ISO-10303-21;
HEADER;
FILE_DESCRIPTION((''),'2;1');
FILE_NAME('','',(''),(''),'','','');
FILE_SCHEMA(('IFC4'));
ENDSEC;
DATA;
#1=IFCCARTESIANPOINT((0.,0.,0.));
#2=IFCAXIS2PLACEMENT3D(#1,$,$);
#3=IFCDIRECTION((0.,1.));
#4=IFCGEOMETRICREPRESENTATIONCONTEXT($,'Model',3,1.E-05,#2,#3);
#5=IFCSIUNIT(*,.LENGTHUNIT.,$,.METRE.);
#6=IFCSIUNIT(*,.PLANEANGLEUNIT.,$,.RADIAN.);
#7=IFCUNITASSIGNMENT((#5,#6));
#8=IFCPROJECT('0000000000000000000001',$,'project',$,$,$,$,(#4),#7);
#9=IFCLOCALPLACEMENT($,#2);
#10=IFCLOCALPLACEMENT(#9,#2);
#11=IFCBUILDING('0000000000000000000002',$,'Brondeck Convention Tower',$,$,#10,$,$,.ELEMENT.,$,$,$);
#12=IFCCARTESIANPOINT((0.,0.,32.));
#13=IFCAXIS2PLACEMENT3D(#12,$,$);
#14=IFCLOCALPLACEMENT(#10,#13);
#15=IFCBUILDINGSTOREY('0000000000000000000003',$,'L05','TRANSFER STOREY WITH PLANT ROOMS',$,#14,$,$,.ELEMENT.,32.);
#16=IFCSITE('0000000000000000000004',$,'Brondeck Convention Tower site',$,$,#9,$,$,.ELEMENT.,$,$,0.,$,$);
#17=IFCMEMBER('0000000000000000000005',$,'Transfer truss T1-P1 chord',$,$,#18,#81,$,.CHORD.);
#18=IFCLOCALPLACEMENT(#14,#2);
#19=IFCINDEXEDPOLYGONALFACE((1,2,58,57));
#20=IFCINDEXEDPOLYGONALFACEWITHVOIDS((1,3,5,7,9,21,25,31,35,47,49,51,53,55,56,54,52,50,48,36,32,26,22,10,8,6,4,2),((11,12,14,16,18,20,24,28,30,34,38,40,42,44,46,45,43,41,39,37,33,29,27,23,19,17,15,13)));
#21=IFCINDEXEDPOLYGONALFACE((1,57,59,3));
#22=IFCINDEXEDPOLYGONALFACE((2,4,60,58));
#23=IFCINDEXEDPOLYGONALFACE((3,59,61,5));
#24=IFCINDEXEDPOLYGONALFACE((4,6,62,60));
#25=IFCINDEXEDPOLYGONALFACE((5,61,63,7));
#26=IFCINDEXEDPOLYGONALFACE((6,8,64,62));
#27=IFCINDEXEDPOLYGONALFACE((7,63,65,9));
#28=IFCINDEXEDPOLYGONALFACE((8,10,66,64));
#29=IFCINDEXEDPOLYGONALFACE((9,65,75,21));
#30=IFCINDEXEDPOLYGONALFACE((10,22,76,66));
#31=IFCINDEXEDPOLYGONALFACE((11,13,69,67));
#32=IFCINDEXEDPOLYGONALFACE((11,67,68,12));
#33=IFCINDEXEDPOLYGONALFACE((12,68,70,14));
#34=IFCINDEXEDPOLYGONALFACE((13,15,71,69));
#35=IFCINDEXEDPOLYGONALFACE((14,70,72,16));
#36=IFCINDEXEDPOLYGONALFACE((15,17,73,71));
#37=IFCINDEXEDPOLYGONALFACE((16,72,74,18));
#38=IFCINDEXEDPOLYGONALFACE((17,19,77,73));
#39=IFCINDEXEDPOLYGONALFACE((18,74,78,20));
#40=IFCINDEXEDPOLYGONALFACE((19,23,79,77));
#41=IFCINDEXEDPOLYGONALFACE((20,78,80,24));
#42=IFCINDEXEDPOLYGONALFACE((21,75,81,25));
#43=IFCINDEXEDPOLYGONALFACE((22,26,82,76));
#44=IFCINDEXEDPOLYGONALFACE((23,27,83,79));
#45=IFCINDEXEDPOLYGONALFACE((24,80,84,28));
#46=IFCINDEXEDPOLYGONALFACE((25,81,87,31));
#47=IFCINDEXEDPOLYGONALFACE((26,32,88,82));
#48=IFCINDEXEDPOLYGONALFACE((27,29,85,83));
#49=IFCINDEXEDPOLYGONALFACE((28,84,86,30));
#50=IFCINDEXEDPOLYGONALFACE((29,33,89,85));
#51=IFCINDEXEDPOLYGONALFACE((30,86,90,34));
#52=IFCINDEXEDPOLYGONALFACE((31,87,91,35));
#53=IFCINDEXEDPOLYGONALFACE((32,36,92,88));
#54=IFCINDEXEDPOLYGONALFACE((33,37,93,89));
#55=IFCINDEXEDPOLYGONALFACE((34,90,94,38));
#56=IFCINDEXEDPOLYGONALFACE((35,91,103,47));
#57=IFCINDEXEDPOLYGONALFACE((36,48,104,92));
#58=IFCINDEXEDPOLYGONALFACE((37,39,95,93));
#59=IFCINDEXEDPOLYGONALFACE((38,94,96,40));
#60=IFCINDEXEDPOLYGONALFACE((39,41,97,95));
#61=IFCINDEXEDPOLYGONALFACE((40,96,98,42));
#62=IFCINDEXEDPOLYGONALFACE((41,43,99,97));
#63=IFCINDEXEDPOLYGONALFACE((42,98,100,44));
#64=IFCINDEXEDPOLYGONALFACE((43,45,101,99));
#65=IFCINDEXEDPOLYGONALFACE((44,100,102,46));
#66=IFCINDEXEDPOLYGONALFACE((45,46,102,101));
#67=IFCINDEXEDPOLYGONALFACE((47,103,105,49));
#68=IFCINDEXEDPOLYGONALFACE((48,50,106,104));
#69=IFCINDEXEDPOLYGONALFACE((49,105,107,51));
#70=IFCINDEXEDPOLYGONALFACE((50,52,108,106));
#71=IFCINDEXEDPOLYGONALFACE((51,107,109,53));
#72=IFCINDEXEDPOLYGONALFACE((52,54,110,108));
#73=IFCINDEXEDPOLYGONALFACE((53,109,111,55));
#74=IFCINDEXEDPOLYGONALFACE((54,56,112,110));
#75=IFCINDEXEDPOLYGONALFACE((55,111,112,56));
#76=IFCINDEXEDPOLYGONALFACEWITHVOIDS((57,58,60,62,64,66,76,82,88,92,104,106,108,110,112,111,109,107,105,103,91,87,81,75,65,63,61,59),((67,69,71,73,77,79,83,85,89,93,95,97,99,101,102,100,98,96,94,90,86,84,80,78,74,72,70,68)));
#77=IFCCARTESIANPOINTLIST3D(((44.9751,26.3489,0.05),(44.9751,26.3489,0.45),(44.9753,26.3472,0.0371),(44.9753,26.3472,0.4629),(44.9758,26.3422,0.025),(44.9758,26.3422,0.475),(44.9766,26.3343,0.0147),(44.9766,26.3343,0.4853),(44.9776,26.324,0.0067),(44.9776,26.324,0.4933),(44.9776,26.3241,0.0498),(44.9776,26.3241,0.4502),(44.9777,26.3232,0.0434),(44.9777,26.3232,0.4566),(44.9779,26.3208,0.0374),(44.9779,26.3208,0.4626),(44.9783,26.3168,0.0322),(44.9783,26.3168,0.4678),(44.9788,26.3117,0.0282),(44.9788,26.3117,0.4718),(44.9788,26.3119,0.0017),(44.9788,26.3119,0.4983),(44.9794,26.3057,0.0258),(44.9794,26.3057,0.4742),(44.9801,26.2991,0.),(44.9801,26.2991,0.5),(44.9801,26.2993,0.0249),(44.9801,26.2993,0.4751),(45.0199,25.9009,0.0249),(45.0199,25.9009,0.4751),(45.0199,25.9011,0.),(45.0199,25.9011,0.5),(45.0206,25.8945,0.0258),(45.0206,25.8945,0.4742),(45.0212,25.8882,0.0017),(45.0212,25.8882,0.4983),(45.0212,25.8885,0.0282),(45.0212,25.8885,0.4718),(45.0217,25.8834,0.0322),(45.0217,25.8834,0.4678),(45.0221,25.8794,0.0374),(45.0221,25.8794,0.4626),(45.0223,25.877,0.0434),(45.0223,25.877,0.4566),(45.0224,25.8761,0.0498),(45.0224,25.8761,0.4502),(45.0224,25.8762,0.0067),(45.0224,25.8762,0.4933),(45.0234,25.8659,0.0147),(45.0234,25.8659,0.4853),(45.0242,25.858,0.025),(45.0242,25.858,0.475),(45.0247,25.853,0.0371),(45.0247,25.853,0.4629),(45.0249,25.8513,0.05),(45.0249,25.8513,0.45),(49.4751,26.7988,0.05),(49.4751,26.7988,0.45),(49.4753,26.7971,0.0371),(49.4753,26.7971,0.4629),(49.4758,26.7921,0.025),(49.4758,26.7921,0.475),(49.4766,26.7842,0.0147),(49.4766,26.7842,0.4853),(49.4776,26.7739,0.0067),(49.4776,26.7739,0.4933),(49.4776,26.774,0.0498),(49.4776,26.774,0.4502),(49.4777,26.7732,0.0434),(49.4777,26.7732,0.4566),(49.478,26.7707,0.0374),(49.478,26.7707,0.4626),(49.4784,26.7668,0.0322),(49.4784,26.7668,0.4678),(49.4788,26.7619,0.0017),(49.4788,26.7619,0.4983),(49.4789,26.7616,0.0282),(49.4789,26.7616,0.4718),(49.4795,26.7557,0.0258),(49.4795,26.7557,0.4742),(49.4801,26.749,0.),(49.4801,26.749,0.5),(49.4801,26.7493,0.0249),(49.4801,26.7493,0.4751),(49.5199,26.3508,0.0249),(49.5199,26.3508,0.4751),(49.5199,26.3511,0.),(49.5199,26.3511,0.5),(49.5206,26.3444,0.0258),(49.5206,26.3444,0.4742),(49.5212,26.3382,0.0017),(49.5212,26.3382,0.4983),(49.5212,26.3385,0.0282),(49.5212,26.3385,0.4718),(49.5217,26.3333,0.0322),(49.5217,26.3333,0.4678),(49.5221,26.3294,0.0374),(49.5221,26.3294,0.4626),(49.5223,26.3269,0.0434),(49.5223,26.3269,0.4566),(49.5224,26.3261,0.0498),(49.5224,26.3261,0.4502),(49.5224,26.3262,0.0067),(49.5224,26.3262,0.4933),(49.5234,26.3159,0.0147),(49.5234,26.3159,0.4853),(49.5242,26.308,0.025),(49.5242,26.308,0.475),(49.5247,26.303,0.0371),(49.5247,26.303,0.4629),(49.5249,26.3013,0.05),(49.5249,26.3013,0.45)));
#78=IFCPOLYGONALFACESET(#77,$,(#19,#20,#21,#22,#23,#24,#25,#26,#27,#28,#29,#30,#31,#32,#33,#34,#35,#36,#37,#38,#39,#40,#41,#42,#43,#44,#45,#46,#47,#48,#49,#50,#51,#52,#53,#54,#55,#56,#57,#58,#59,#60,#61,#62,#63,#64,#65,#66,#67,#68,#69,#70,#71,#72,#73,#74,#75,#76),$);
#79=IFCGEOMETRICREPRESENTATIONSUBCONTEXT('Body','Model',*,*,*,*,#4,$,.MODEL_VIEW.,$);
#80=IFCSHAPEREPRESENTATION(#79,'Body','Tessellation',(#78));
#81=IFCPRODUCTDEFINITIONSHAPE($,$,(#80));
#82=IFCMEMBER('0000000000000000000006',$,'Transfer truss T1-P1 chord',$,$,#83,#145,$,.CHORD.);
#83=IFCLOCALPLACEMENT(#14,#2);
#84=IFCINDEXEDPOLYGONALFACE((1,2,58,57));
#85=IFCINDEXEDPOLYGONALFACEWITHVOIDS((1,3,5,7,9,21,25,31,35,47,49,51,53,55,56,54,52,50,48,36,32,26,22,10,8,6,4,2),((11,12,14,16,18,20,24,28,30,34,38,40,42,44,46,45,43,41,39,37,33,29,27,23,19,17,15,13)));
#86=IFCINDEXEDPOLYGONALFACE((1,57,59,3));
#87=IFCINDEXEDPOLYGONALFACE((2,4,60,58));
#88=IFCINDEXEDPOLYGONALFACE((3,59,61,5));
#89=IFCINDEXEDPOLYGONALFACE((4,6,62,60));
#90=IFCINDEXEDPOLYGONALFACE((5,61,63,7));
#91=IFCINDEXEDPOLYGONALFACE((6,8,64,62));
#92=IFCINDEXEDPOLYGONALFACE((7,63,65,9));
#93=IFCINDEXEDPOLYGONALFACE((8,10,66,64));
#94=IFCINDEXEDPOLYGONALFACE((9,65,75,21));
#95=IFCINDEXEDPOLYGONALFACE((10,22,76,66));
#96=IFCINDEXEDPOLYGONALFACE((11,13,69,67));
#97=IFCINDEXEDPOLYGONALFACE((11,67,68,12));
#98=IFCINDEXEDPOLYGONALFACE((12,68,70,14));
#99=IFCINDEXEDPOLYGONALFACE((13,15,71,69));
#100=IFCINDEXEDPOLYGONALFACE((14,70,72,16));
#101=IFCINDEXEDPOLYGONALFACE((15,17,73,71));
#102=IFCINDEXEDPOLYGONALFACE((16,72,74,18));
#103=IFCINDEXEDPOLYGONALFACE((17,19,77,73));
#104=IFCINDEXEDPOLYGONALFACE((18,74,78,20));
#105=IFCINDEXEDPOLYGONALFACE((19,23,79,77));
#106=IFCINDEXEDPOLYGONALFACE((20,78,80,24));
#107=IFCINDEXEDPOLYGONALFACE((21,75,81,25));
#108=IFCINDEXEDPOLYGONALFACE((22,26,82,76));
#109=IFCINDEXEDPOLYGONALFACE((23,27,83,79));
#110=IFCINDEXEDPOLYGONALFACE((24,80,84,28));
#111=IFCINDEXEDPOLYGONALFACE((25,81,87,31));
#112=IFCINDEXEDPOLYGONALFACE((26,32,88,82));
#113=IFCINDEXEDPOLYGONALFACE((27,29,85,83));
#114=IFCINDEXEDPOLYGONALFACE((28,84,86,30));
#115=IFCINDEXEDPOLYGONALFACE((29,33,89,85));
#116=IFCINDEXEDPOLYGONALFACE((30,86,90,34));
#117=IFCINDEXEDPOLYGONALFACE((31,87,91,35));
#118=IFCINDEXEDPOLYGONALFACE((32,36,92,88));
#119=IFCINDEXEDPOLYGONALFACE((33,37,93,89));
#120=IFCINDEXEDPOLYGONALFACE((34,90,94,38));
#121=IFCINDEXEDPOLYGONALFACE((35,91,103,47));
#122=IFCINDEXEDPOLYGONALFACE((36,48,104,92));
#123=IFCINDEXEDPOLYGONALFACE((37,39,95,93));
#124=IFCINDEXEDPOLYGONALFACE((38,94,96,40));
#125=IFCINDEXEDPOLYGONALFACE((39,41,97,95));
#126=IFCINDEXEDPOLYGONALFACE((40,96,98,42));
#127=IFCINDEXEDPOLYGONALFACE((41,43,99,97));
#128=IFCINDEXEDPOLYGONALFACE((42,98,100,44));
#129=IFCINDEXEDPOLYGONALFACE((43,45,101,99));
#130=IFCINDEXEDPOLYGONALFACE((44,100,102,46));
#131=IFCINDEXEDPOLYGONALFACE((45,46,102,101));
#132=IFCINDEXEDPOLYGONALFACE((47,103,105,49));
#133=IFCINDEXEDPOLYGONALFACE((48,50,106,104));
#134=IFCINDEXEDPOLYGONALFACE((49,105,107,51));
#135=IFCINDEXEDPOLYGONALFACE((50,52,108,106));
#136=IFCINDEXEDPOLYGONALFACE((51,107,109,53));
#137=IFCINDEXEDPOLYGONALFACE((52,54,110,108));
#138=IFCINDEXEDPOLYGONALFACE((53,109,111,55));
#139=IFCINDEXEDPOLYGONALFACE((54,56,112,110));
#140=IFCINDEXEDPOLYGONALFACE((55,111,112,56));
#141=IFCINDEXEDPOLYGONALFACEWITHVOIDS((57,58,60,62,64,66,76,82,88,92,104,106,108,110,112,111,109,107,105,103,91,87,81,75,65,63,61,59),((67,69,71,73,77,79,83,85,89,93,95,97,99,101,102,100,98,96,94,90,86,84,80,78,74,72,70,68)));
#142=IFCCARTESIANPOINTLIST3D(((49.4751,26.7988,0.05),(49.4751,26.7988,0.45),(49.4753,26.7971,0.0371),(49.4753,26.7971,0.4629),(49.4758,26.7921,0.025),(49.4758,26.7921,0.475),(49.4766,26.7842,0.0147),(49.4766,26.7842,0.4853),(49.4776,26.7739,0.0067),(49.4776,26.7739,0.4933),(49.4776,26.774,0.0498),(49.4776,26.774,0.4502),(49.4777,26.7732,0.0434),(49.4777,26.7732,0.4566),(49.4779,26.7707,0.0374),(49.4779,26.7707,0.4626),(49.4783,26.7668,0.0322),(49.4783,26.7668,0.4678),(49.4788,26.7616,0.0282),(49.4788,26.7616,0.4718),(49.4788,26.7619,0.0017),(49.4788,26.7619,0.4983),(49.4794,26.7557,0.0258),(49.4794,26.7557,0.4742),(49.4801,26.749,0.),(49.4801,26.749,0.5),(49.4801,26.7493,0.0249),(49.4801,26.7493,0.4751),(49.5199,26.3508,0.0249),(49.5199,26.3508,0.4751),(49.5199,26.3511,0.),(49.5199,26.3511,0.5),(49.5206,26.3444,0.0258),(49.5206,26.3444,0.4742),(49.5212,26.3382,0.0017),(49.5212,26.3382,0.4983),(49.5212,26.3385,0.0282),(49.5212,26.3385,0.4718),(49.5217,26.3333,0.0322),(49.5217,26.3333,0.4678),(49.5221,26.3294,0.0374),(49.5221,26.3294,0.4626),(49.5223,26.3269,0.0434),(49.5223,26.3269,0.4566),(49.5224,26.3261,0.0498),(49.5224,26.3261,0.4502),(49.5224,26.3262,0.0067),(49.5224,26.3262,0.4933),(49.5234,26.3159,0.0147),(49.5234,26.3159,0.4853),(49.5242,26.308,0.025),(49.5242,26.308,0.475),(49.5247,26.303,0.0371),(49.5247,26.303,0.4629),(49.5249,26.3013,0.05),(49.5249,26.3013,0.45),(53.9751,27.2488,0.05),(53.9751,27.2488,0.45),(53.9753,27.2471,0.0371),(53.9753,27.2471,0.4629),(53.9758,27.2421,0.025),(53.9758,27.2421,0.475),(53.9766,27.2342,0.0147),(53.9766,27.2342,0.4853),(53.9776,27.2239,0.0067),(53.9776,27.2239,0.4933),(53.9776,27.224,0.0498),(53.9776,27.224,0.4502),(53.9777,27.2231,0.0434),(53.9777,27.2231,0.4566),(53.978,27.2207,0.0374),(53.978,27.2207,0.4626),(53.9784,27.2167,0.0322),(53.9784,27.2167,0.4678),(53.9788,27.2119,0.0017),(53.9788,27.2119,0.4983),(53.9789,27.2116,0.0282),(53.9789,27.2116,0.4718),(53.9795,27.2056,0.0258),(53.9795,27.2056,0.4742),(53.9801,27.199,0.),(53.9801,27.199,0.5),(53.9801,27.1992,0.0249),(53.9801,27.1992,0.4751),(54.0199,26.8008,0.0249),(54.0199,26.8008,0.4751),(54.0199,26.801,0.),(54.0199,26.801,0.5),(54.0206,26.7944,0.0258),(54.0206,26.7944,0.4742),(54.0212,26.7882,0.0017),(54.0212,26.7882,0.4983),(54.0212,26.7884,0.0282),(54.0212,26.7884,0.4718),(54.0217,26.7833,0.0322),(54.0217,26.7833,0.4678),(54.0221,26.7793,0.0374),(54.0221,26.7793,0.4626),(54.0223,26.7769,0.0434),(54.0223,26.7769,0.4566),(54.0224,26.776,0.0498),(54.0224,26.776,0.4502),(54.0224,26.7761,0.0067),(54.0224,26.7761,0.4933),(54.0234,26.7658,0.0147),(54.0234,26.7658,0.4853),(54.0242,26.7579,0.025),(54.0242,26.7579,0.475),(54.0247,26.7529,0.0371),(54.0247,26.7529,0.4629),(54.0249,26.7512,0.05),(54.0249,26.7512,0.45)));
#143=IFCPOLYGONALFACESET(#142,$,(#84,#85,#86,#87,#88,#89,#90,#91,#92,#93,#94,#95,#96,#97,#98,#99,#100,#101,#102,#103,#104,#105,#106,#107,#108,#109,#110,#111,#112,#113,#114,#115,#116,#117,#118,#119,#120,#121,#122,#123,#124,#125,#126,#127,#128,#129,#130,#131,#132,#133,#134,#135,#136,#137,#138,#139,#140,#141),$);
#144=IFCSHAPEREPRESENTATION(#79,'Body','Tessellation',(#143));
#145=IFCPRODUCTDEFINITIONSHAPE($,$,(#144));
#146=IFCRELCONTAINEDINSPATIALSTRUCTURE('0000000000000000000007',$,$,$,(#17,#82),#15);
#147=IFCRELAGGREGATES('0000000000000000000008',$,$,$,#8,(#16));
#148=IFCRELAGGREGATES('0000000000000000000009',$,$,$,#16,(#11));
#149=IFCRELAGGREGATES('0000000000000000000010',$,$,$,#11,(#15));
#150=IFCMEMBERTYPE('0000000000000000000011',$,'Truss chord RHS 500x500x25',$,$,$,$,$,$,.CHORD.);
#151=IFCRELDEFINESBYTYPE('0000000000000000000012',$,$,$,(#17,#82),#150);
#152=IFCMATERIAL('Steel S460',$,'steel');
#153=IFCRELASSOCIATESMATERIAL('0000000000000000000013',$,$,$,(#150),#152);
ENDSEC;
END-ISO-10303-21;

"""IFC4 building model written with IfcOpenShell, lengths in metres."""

from ifc_helpers import new_model, si_unit, direction, frame, origin, origin_2d, place, context, subcontext, project, spatial, hollow_rectangle, extrude, material, material_profile, profile_set, type_object, element, save


model = new_model("IFC4")

# Units and contexts
model_context = context("Model", 3, precision=1e-05, world=origin(), true_north=direction((0.0, 1.0)))
body_context = subcontext(model_context, "Body", "Model", "MODEL_VIEW")
ifc_project = project(units=[si_unit("LENGTHUNIT", "METRE"), si_unit("PLANEANGLEUNIT", "RADIAN")], contexts=[model_context])

# Site, building, storey
site_placement = place(None, origin())
site = spatial("IfcSite", under=ifc_project, at=site_placement, Name="Brondeck Convention Tower site", CompositionType="ELEMENT", RefElevation=0.0)
building_placement = place(site_placement, origin())
building = spatial("IfcBuilding", under=site, at=building_placement, Name="Brondeck Convention Tower", CompositionType="ELEMENT")
storey_placement = place(building_placement, frame((0.0, 0.0, 32.0)))
storey = spatial("IfcBuildingStorey", under=building, at=storey_placement, Name="L05", Description="TRANSFER STOREY WITH PLANT ROOMS", CompositionType="ELEMENT", Elevation=32.0)

# Shared definitions
ifc_material_1 = material(Name="Steel S460", Category="steel")

# Members
ifc_material_profile_1 = material_profile(ifc_material_1, hollow_rectangle(XDim=0.5, YDim=0.5, WallThickness=0.0249, InnerFilletRadius=0.0249, OuterFilletRadius=0.05, at=origin_2d()), Name="RHS 500x500x25")
ifc_profile_set_1 = profile_set([ifc_material_profile_1], Name="Steel S460")
member_type_1 = type_object("IfcMemberType", Name="Truss chord RHS 500x500x25", PredefinedType="CHORD", material=ifc_profile_set_1)
for number, where, z_axis, x_axis, name in (
    (1, (45.0, 26.1001, 0.25), (0.995038, 0.099493, 0.0), (-0.099493, 0.995038, 0.0), "Transfer truss T1-P1 chord"),
    (2, (49.5, 26.55, 0.25), (0.995038, 0.099493, 0.0), (-0.099493, 0.995038, 0.0), "Transfer truss T1-P1 chord"),
):
    element("IfcMember", number, at=place(storey_placement, frame(where, z_axis=z_axis, x_axis=x_axis)), inside=storey, type_object=member_type_1, Name=name, PredefinedType="CHORD", context=body_context, shape_type="SweptSolid", body=[
        extrude(hollow_rectangle(XDim=0.5, YDim=0.5, WallThickness=0.0249, InnerFilletRadius=0.0249, OuterFilletRadius=0.05, at=origin_2d()), origin(), (0.0, 0.0, 1.0), 4.5225),
    ])

save(model, "model.ifc")
